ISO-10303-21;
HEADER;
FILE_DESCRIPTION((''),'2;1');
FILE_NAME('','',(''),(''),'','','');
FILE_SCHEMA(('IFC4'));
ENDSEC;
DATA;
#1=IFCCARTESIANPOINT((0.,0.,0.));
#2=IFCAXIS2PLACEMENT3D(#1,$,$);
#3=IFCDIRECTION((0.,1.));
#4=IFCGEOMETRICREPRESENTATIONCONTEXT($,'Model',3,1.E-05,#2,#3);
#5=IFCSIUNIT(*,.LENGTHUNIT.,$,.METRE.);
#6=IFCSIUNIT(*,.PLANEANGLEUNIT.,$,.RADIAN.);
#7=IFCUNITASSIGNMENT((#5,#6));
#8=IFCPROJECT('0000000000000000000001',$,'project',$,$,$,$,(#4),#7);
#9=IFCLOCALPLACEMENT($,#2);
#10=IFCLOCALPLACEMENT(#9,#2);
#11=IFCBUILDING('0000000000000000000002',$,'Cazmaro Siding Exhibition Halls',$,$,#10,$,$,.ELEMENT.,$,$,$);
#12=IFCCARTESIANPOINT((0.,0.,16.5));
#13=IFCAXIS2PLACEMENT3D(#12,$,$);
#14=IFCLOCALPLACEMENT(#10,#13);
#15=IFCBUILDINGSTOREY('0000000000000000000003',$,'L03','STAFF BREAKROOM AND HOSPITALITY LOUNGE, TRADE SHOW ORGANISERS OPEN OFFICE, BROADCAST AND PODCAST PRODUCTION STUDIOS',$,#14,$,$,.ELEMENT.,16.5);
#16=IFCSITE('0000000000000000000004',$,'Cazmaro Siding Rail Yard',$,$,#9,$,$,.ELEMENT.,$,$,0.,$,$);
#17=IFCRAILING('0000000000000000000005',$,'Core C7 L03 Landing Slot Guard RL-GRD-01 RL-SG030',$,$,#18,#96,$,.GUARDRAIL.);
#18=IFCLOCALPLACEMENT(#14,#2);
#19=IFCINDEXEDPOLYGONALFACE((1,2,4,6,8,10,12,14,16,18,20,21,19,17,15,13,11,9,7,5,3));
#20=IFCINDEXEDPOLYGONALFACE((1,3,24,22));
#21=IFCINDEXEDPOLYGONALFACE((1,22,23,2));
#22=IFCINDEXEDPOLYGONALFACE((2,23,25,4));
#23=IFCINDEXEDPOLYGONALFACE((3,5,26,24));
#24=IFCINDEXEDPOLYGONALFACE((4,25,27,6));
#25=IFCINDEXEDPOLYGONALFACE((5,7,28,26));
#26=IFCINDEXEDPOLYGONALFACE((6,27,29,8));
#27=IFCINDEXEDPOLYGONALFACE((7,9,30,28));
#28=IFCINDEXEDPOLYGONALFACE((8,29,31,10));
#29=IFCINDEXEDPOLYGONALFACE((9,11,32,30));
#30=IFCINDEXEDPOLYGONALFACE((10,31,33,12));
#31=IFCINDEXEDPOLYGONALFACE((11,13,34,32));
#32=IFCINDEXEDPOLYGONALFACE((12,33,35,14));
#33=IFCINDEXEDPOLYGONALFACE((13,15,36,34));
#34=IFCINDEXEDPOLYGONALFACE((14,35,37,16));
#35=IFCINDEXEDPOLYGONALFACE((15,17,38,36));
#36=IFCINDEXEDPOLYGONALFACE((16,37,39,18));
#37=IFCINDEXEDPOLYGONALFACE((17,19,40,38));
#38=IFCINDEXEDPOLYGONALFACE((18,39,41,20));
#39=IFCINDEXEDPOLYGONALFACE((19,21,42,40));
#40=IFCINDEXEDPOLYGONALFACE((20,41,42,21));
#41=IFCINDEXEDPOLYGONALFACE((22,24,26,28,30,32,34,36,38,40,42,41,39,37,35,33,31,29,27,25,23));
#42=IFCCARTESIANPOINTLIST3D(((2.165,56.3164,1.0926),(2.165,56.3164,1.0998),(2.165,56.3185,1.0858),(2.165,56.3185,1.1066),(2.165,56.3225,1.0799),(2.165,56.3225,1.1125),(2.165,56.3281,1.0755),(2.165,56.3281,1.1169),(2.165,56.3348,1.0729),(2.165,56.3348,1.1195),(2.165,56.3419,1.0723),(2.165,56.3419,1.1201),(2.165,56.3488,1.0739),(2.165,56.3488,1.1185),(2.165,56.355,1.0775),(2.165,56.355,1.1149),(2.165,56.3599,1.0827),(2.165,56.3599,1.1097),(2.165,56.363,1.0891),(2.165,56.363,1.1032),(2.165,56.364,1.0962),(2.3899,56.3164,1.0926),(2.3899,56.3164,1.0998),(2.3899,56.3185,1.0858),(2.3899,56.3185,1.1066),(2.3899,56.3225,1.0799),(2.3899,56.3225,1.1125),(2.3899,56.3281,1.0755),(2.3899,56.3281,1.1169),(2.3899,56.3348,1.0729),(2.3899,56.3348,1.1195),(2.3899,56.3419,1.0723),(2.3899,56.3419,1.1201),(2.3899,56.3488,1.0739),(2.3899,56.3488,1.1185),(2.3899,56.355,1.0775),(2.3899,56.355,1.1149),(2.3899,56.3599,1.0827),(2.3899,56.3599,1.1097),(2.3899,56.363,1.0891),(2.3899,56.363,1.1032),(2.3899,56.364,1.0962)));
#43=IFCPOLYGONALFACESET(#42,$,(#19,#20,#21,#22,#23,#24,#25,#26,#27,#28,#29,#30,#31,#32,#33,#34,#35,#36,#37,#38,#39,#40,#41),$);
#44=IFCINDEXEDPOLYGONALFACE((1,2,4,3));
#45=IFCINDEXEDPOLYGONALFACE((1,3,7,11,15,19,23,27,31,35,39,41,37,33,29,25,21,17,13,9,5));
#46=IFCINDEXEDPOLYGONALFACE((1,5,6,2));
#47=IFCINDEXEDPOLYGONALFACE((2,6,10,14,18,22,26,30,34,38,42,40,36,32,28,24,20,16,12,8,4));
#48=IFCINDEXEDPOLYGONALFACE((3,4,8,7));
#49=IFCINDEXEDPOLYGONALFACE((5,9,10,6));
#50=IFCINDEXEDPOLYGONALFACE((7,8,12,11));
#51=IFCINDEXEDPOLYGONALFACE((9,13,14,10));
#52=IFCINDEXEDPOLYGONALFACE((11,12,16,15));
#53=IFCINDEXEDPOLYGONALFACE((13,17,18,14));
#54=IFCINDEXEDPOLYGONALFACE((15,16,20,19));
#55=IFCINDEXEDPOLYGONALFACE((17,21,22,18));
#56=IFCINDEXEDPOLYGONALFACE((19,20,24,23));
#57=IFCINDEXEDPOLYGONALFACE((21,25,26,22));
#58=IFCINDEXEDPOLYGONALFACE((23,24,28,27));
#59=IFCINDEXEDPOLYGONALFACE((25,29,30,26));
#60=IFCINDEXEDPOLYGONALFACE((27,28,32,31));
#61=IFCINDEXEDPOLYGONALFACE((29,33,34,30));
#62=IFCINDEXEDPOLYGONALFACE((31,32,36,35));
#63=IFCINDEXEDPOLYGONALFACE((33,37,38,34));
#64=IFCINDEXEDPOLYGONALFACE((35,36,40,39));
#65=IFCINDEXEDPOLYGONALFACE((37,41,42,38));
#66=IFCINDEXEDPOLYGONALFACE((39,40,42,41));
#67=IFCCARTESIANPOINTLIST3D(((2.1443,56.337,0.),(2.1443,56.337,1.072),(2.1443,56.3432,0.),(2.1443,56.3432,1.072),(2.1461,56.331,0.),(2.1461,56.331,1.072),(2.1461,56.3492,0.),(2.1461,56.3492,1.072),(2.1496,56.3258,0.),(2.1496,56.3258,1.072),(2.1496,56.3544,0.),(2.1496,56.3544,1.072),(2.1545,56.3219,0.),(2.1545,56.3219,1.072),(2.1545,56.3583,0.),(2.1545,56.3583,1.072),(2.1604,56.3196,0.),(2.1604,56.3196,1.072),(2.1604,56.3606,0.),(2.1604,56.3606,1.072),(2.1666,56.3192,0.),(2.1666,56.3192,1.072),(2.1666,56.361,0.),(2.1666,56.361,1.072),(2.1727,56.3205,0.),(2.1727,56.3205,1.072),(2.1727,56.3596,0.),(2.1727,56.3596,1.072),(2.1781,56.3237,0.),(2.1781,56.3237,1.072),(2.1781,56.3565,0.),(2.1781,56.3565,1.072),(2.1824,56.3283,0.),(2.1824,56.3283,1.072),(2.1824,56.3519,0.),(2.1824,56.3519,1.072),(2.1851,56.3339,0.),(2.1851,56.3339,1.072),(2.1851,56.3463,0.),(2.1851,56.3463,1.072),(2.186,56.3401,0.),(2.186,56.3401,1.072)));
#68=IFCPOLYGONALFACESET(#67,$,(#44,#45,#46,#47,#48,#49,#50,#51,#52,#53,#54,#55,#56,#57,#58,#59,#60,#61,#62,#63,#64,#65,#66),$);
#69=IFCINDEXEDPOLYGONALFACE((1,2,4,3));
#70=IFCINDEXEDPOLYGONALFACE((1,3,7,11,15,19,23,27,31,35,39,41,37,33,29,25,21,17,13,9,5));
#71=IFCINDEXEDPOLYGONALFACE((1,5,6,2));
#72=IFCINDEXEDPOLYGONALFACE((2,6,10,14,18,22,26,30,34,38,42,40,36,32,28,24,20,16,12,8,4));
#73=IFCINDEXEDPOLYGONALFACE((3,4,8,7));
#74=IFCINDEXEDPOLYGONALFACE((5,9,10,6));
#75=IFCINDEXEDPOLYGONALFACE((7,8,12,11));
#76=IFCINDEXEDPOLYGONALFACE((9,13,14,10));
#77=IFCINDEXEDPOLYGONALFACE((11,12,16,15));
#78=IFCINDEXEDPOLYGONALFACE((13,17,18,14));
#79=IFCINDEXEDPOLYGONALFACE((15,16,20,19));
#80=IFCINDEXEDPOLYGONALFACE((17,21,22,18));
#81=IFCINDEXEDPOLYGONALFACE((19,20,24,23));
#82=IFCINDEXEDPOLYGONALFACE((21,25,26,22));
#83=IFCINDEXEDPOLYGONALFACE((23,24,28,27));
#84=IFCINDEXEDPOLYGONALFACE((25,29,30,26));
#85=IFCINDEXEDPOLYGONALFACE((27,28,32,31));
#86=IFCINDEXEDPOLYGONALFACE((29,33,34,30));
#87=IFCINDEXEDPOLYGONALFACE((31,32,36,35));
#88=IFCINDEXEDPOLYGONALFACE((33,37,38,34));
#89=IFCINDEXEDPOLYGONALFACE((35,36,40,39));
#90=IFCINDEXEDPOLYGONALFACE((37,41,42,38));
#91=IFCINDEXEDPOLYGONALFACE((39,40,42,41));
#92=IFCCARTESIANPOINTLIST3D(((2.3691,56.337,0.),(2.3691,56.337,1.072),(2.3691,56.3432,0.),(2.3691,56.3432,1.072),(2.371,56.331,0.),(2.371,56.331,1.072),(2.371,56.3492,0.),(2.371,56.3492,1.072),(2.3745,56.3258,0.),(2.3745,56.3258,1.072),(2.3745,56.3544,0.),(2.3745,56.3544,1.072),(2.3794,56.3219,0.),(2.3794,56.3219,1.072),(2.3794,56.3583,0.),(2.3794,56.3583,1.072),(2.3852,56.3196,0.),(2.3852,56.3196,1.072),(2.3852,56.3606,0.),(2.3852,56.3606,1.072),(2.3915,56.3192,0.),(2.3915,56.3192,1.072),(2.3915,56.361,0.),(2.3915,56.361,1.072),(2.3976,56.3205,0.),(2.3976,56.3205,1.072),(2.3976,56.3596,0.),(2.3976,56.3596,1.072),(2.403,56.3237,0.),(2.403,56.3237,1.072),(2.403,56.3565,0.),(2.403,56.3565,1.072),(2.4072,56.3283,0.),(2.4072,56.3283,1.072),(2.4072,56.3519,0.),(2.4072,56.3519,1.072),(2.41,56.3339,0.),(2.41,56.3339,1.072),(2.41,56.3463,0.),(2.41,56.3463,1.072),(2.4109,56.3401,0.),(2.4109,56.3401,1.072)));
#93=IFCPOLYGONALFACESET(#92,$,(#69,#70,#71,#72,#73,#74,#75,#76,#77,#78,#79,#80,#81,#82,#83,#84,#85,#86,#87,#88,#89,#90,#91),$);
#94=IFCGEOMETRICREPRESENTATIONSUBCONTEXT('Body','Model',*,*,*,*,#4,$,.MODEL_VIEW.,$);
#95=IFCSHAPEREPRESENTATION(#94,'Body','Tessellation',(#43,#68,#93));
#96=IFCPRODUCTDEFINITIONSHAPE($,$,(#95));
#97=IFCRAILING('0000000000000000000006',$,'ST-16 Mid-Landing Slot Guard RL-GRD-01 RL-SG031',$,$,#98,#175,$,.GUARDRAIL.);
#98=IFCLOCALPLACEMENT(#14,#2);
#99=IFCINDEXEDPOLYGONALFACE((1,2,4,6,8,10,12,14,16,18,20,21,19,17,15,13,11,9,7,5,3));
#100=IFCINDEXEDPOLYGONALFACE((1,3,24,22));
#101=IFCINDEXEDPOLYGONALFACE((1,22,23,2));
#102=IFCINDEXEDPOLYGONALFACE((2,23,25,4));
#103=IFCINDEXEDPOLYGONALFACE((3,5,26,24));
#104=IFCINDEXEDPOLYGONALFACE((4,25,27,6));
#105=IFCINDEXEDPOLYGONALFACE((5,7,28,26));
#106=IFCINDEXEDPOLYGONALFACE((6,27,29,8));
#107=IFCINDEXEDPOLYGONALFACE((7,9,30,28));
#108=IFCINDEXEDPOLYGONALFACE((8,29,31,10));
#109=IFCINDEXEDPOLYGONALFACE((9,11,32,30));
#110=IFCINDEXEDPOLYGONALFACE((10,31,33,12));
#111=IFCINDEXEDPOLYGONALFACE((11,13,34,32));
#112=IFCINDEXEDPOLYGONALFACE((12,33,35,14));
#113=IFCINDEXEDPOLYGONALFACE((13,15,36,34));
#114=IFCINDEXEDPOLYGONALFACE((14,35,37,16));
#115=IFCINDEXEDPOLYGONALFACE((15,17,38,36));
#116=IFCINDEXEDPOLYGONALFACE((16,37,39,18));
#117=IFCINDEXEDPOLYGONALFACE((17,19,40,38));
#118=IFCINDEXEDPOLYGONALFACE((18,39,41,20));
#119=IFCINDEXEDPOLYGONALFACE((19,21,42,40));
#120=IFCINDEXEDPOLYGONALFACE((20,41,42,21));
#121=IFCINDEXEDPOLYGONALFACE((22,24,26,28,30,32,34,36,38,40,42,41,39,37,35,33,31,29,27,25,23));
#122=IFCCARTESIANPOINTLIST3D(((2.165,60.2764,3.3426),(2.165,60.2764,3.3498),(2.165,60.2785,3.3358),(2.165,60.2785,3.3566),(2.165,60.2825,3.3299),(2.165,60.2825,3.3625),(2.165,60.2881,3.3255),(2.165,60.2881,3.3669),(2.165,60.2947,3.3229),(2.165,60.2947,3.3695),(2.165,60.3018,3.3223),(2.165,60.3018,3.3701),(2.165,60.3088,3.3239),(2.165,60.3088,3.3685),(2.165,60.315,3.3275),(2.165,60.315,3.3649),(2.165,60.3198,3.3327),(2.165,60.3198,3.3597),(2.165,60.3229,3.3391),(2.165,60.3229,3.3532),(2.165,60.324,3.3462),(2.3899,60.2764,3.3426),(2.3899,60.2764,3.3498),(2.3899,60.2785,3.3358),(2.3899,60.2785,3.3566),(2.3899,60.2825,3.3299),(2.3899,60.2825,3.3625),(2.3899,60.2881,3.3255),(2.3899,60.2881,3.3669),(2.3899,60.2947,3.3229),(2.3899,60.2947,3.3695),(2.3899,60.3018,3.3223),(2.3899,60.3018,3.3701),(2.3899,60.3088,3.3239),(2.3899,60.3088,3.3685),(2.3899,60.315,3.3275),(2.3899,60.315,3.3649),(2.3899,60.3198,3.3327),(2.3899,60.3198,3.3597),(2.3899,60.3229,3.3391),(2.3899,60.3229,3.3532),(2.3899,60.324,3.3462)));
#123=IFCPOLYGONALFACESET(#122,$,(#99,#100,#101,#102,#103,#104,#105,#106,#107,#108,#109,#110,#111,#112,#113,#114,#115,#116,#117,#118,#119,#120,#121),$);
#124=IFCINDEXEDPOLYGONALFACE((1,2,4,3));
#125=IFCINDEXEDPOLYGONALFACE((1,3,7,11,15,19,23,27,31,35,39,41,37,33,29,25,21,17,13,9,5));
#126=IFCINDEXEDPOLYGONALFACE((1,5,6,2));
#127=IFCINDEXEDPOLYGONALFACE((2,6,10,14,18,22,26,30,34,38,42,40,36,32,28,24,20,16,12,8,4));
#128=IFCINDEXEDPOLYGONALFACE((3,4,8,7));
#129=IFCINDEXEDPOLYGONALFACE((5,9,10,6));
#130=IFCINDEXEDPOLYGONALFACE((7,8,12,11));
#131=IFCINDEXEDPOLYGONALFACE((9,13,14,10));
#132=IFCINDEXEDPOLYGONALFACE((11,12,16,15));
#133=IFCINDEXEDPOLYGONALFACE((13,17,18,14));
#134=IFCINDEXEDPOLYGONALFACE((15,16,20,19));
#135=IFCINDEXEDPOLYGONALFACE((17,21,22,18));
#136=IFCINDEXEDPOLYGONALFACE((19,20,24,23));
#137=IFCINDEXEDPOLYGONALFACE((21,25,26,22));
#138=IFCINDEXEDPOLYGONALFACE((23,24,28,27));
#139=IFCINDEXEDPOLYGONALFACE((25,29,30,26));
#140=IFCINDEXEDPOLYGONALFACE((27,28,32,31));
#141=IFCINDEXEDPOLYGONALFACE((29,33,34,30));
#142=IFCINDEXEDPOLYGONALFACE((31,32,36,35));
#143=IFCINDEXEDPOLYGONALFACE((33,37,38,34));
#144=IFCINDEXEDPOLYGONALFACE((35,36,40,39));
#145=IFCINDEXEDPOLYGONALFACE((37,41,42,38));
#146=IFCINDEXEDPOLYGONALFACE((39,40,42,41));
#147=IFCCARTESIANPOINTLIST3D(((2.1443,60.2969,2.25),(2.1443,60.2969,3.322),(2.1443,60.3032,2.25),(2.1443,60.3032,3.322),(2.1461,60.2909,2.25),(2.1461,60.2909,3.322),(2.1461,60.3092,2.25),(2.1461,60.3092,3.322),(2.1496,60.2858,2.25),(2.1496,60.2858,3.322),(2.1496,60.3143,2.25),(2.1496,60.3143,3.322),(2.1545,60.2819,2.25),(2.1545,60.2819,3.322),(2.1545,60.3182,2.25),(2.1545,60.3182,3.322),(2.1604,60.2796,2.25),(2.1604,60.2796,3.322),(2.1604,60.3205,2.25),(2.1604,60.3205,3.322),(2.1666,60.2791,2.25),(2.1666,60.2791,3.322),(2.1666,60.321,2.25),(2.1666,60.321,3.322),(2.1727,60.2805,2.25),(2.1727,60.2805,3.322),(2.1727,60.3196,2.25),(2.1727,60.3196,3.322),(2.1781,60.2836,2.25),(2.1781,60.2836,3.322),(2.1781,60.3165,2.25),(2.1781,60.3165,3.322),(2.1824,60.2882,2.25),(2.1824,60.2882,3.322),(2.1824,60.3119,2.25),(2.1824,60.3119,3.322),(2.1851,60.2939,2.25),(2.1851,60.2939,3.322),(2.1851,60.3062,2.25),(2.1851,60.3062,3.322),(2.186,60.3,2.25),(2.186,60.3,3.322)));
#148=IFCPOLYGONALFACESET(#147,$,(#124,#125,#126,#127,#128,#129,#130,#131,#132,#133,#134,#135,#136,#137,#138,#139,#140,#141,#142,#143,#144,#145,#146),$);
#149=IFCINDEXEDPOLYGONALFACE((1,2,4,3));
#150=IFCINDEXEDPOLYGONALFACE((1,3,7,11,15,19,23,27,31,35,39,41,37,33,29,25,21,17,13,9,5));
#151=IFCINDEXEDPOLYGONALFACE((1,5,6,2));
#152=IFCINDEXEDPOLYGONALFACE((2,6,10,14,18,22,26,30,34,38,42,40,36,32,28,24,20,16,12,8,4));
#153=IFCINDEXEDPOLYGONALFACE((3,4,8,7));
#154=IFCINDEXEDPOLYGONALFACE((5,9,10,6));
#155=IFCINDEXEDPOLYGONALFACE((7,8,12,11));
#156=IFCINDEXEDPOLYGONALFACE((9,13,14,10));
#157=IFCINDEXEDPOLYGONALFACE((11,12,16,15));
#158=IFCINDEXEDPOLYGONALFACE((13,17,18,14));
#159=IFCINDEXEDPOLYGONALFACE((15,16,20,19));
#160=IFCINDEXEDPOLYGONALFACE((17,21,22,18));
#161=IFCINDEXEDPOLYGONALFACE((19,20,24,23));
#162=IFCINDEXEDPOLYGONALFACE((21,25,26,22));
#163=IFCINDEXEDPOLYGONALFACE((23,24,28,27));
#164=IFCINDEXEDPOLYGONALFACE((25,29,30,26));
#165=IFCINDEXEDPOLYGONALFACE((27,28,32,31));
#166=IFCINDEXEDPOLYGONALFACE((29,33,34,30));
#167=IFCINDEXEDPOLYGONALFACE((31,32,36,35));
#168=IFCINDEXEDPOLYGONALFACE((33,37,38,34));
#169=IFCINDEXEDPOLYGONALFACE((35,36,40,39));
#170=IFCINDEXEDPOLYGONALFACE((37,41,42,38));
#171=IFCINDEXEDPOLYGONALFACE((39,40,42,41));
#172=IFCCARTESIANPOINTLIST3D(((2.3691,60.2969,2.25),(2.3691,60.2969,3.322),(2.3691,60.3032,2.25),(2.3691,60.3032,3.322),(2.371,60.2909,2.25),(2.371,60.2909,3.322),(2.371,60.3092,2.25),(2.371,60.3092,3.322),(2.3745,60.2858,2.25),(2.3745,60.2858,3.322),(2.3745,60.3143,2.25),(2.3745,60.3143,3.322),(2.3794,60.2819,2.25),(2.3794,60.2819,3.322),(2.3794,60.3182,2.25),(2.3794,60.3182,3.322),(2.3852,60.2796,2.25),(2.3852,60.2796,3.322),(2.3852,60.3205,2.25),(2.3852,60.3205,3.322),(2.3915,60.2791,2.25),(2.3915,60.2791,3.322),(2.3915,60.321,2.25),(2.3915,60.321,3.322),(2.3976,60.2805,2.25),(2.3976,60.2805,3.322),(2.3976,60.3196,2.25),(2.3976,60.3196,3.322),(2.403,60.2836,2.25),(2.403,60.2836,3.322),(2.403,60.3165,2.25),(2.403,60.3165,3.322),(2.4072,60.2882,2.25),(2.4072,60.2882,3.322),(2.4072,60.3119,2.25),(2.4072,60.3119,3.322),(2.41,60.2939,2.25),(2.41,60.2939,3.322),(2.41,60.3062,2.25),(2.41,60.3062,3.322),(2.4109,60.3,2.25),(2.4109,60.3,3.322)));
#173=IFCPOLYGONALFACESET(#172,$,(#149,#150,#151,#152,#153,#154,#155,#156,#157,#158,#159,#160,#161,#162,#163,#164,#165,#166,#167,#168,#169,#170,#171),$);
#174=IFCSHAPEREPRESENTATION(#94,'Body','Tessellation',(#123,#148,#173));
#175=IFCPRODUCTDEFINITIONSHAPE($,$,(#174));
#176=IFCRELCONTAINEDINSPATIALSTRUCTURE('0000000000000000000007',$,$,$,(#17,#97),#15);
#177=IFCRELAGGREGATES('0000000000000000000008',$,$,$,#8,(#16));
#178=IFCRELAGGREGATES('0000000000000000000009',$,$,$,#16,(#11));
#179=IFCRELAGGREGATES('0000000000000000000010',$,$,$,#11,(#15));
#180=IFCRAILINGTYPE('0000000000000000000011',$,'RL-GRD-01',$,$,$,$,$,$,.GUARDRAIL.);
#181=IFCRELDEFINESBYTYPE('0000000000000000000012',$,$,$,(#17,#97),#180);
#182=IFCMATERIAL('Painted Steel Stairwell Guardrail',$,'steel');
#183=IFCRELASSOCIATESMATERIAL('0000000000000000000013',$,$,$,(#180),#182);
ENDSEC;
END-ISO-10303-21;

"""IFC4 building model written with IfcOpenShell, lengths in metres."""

from ifc_helpers import new_model, si_unit, direction, frame, origin, origin_2d, place, context, subcontext, project, spatial, circle, extrude, material, type_object, element, save


model = new_model("IFC4")

# Units and contexts
model_context = context("Model", 3, precision=1e-05, world=origin(), true_north=direction((0.0, 1.0)))
body_context = subcontext(model_context, "Body", "Model", "MODEL_VIEW")
ifc_project = project(units=[si_unit("LENGTHUNIT", "METRE"), si_unit("PLANEANGLEUNIT", "RADIAN")], contexts=[model_context])

# Site, building, storey
site_placement = place(None, origin())
site = spatial("IfcSite", under=ifc_project, at=site_placement, Name="Cazmaro Siding Rail Yard", CompositionType="ELEMENT", RefElevation=0.0)
building_placement = place(site_placement, origin())
building = spatial("IfcBuilding", under=site, at=building_placement, Name="Cazmaro Siding Exhibition Halls", CompositionType="ELEMENT")
storey_placement = place(building_placement, frame((0.0, 0.0, 16.5)))
storey = spatial("IfcBuildingStorey", under=building, at=storey_placement, Name="L03", Description="STAFF BREAKROOM AND HOSPITALITY LOUNGE, TRADE SHOW ORGANISERS OPEN OFFICE, BROADCAST AND PODCAST PRODUCTION STUDIOS", CompositionType="ELEMENT", Elevation=16.5)

# Railings
ifc_material_1 = material(Name="Painted Steel Stairwell Guardrail", Category="steel")
railing_type_1 = type_object("IfcRailingType", Name="RL-GRD-01", PredefinedType="GUARDRAIL", material=ifc_material_1)
for number, where, name in (
    (1, (2.165, 56.3401, 0.0), "Core C7 L03 Landing Slot Guard RL-GRD-01 RL-SG030"),
    (2, (2.165, 60.3, 2.25), "ST-16 Mid-Landing Slot Guard RL-GRD-01 RL-SG031"),
):
    element("IfcRailing", number, at=place(storey_placement, frame(where)), inside=storey, type_object=railing_type_1, Name=name, PredefinedType="GUARDRAIL", context=body_context, shape_type="SweptSolid", body=[
        extrude(circle(Radius=0.0239, at=origin_2d()), frame((0.0, 0.0, 1.0962), z_axis=(1.0, 0.0, 0.0), x_axis=(0.0, 1.0, 0.0)), (0.0, 0.0, 1.0), 0.2249),
        extrude(circle(Radius=0.021, at=origin_2d()), origin(), (0.0, 0.0, 1.0), 1.072),
        extrude(circle(Radius=0.021, at=origin_2d()), frame((0.2249, 0.0, 0.0)), (0.0, 0.0, 1.0), 1.072),
    ])

save(model, "model.ifc")
